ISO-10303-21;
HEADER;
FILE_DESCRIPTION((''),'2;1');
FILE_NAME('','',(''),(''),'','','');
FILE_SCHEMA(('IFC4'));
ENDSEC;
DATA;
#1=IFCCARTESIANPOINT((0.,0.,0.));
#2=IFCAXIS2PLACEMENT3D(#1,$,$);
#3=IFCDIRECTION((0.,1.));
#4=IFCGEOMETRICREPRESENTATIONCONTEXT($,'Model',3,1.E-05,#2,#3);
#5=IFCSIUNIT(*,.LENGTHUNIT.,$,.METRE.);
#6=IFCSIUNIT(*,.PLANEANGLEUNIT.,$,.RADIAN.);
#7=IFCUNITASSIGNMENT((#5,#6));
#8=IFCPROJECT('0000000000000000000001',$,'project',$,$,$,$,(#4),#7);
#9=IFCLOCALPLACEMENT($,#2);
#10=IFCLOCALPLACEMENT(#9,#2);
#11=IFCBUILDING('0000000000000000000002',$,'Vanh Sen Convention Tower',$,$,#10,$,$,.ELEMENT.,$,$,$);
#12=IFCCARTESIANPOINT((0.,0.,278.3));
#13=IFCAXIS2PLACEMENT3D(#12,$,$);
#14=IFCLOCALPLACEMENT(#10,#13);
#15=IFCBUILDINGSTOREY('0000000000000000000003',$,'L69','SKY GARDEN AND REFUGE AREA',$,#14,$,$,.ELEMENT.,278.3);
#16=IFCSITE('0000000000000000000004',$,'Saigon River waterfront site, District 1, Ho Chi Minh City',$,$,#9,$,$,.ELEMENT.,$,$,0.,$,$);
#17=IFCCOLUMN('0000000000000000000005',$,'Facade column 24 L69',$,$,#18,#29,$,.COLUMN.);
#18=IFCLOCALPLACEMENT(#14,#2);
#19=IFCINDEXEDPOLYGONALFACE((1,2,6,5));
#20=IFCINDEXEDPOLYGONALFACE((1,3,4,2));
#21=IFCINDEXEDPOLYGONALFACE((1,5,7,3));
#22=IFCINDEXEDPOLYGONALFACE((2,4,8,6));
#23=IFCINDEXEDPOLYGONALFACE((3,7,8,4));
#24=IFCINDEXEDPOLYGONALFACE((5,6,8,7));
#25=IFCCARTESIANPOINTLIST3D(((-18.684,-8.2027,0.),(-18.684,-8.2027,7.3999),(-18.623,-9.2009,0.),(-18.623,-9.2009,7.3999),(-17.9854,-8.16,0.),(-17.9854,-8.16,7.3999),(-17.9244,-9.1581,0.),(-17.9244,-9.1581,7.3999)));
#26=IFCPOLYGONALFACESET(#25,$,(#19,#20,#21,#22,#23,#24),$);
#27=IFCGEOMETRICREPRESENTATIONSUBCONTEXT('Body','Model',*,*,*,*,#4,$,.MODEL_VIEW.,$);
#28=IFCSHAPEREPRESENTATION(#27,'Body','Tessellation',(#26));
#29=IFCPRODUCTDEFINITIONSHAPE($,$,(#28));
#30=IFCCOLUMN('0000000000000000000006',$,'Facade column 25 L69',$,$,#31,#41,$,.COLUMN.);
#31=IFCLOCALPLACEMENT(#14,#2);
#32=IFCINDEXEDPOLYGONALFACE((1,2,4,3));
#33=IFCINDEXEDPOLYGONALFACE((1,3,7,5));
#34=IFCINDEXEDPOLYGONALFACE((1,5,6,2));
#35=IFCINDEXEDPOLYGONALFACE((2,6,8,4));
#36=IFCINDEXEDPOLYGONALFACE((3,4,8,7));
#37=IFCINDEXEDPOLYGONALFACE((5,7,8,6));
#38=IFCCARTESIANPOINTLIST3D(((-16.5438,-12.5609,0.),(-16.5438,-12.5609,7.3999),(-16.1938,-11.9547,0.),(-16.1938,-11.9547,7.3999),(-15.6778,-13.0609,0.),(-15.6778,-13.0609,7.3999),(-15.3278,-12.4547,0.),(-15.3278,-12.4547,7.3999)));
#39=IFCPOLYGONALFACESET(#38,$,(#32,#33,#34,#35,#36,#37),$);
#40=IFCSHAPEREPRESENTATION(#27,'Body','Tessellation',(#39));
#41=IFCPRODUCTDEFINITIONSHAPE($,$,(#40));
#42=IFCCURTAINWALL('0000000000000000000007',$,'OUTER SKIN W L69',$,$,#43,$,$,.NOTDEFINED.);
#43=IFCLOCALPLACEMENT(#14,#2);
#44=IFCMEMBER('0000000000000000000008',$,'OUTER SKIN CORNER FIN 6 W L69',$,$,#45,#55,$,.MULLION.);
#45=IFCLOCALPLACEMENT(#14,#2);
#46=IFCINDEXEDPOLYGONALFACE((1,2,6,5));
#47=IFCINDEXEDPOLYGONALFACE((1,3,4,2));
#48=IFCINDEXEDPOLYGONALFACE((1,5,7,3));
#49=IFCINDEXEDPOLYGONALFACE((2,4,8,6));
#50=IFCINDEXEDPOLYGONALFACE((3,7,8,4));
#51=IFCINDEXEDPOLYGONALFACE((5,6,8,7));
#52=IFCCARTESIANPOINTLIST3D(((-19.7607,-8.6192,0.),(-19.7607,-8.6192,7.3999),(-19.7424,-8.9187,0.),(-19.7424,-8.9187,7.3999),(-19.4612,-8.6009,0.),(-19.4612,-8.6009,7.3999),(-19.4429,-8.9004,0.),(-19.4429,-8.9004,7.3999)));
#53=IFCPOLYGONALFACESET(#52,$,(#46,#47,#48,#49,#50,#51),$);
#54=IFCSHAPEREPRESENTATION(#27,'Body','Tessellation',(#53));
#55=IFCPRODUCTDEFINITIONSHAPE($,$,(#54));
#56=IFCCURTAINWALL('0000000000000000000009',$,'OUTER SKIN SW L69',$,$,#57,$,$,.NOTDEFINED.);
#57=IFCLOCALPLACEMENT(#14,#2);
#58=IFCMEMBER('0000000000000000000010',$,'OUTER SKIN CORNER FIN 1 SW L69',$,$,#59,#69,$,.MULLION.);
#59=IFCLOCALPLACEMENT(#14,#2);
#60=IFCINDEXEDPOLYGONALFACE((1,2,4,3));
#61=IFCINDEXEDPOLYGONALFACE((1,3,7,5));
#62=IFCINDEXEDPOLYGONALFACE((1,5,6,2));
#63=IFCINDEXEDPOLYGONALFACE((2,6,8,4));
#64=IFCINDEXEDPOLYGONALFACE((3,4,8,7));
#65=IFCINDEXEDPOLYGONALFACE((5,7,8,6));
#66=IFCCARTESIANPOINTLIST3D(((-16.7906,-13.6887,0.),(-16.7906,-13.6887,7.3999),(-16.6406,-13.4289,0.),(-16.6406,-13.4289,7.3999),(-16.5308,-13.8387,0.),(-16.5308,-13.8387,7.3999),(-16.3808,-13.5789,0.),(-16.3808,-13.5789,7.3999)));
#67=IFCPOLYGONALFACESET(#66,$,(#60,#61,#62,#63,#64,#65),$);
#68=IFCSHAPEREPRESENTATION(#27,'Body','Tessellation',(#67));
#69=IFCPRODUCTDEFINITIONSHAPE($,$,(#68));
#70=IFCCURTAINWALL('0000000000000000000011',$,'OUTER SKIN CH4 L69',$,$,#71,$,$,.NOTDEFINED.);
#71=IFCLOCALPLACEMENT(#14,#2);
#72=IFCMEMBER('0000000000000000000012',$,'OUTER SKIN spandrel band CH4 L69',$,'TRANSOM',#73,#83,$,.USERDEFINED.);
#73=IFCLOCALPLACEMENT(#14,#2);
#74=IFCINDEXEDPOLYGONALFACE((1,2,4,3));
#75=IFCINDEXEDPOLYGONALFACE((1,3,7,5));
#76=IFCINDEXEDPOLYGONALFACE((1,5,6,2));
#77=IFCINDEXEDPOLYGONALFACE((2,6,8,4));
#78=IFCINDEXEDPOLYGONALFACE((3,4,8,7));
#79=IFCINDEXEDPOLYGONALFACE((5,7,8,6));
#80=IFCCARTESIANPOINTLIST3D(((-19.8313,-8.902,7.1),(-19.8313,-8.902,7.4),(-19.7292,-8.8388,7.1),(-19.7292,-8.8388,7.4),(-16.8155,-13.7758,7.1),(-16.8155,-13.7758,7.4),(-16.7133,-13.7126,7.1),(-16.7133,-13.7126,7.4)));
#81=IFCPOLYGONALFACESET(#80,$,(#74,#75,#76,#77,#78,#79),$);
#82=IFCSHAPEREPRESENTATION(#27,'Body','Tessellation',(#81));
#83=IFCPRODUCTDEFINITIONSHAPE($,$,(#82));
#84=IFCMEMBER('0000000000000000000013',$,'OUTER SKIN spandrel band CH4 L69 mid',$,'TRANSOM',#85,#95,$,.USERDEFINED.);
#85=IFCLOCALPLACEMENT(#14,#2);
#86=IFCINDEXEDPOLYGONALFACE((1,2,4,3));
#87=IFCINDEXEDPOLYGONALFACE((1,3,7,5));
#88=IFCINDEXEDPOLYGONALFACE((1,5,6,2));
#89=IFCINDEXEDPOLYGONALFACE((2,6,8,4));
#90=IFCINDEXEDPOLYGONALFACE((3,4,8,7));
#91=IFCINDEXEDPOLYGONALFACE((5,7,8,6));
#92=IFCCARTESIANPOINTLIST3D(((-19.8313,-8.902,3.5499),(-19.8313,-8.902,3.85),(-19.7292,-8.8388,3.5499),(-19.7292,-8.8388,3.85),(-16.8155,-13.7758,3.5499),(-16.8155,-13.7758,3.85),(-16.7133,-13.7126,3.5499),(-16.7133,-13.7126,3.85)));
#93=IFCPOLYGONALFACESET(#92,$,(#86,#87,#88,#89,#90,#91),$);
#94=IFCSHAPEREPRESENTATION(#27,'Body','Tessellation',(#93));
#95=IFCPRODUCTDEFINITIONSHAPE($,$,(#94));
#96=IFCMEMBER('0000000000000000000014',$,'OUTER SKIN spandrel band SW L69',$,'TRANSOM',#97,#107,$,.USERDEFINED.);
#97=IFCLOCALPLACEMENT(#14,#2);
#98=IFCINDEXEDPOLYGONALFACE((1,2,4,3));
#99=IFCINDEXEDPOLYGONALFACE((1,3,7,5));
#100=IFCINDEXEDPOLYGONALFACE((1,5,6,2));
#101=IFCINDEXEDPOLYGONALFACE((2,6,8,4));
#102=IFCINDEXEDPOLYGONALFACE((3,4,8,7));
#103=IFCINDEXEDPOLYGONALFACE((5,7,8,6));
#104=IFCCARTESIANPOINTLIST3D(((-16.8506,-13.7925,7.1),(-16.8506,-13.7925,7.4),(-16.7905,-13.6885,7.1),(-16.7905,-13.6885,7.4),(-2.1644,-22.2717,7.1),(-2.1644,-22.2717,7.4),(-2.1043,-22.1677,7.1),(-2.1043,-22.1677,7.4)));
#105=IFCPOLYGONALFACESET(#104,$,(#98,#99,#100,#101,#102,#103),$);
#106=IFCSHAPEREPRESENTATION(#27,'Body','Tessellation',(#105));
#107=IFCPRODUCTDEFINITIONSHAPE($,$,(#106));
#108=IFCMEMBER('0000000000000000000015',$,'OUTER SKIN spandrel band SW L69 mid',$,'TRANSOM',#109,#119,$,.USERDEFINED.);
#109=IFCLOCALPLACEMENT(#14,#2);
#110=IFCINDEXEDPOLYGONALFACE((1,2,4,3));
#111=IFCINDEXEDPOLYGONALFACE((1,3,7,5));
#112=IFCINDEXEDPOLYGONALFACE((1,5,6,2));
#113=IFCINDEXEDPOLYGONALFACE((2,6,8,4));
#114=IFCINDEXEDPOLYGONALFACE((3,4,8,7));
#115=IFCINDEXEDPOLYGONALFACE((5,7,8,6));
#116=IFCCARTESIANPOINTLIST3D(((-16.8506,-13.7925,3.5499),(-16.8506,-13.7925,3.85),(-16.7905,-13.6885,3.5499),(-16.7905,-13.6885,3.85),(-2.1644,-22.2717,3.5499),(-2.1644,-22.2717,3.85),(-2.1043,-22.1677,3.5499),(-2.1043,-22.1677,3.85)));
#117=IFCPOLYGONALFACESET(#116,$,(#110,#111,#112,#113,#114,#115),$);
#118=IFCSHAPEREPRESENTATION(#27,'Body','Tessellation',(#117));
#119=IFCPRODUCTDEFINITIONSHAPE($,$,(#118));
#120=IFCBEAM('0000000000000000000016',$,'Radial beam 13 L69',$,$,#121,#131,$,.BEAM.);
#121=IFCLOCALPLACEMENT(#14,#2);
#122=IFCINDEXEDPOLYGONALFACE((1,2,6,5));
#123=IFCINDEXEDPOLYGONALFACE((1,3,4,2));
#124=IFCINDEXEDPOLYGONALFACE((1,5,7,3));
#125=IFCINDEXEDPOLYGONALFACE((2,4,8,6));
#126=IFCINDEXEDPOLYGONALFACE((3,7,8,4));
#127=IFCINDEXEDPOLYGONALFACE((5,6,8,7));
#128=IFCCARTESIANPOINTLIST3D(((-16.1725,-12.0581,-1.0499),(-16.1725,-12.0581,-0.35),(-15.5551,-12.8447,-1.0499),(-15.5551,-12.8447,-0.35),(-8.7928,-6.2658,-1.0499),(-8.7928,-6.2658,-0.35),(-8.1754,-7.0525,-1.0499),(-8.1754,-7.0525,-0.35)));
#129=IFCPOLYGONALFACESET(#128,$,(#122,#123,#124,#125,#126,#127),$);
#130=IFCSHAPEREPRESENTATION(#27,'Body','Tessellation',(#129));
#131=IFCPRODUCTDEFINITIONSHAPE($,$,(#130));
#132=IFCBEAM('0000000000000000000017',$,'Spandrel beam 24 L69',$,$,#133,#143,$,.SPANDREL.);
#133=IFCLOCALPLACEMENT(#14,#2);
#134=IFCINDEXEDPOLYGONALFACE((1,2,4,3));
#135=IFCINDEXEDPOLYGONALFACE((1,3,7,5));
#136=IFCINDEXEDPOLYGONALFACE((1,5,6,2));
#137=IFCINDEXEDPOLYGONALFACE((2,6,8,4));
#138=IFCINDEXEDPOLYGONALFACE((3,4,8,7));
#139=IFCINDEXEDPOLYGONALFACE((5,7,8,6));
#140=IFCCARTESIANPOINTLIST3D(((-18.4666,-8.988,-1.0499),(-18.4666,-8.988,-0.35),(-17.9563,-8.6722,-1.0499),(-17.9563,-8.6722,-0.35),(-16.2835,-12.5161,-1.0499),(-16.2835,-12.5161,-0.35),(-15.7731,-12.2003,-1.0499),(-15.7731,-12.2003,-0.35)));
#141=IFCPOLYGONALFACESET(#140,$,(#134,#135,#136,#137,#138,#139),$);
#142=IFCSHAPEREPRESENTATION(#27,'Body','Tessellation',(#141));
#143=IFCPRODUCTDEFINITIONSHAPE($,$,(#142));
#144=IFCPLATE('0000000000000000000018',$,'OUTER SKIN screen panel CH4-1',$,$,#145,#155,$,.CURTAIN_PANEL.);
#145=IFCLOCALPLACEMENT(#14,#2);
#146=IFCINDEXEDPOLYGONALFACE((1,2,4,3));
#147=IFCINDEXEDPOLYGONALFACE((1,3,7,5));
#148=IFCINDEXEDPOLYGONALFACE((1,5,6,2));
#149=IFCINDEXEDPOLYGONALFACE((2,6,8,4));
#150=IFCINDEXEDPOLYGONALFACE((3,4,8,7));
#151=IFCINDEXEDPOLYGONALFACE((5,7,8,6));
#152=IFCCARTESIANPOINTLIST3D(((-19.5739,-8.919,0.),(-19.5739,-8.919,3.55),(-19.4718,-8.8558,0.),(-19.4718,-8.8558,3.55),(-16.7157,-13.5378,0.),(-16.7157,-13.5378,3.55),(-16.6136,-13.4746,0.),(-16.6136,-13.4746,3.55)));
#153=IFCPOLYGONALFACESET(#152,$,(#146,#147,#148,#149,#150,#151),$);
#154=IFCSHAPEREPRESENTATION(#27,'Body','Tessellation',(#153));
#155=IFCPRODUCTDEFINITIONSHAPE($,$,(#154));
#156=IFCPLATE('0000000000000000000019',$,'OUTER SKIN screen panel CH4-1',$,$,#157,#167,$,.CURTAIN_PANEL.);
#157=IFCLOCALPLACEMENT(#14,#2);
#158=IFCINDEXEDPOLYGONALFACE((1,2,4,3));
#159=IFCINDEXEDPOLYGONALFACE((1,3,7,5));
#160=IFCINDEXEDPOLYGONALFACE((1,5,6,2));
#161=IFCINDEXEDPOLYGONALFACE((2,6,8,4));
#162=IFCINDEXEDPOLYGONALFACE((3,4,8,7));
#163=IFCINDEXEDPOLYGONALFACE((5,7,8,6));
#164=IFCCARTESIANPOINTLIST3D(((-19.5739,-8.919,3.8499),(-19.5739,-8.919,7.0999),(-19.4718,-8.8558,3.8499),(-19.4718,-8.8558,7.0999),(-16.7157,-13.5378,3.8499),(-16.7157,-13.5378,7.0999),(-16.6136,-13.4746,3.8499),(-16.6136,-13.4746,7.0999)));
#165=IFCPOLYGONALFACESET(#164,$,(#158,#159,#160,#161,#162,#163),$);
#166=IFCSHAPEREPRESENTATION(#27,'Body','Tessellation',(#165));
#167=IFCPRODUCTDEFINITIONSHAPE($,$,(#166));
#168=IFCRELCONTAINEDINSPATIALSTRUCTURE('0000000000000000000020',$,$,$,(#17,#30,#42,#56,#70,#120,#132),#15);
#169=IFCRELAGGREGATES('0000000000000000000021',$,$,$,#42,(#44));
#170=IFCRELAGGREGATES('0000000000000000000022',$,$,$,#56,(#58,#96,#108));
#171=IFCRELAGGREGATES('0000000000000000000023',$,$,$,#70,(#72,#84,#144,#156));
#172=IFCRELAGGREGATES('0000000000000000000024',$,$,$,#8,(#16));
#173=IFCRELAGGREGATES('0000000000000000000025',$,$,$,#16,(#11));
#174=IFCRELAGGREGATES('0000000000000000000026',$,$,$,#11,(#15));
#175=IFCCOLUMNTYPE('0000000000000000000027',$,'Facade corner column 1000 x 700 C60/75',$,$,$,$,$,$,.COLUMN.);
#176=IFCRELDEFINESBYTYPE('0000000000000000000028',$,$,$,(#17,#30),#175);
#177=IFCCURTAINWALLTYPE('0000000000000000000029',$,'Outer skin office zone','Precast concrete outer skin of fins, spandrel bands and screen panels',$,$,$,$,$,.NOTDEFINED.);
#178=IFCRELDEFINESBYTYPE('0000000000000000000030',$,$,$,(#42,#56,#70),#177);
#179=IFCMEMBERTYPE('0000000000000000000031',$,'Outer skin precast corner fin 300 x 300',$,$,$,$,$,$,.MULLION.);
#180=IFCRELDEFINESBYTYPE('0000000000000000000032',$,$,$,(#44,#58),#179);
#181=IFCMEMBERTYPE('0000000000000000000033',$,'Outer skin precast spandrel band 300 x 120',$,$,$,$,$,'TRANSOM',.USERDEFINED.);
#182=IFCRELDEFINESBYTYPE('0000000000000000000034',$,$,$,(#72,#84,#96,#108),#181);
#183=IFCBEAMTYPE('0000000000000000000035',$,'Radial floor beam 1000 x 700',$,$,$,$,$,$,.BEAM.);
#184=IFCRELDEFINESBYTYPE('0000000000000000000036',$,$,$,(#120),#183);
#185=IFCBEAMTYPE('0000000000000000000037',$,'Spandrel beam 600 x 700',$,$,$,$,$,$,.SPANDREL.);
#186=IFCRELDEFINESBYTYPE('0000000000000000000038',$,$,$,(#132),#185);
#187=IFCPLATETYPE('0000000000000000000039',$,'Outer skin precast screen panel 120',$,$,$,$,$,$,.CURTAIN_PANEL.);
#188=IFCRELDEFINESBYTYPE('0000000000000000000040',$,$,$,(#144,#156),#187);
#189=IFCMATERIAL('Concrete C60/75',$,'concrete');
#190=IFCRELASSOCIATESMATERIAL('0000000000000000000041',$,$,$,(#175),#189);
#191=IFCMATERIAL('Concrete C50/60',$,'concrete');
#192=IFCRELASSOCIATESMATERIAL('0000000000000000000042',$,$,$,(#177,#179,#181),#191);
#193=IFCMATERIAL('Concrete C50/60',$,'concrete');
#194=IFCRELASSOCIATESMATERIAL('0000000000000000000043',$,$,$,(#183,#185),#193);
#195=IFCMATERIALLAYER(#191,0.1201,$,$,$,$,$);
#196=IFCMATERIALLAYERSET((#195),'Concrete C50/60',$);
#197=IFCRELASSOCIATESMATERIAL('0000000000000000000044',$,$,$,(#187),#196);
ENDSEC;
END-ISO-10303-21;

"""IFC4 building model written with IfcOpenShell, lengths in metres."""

from ifc_helpers import new_model, si_unit, direction, frame, origin, origin_2d, place, context, subcontext, project, spatial, rectangle, extrude, material, layer, layer_set, material_profile, profile_set, type_object, element, aggregate, save


model = new_model("IFC4")

# Units and contexts
model_context = context("Model", 3, precision=1e-05, world=origin(), true_north=direction((0.0, 1.0)))
body_context = subcontext(model_context, "Body", "Model", "MODEL_VIEW")
ifc_project = project(units=[si_unit("LENGTHUNIT", "METRE"), si_unit("PLANEANGLEUNIT", "RADIAN")], contexts=[model_context])

# Site, building, storey
site_placement = place(None, origin())
site = spatial("IfcSite", under=ifc_project, at=site_placement, Name="Saigon River waterfront site, District 1, Ho Chi Minh City", CompositionType="ELEMENT", RefElevation=0.0)
building_placement = place(site_placement, origin())
building = spatial("IfcBuilding", under=site, at=building_placement, Name="Vanh Sen Convention Tower", CompositionType="ELEMENT")
storey_placement = place(building_placement, frame((0.0, 0.0, 278.3)))
storey = spatial("IfcBuildingStorey", under=building, at=storey_placement, Name="L69", Description="SKY GARDEN AND REFUGE AREA", CompositionType="ELEMENT", Elevation=278.3)

# Columns
ifc_material_1 = material(Name="Concrete C60/75", Category="concrete")
ifc_material_profile_1 = material_profile(ifc_material_1, rectangle(XDim=1.0, YDim=0.7, at=origin_2d()), Name="RC 1000X700")
ifc_profile_set_1 = profile_set([ifc_material_profile_1], Name="Concrete C60/75")
column_type = type_object("IfcColumnType", Name="Facade corner column 1000 x 700 C60/75", PredefinedType="COLUMN", material=ifc_profile_set_1)
for number, where, z_axis, x_axis, name in (
    (1, (-18.3042, -8.6804, 0.0), (0.0, 0.0, 1.0), (0.061049, -0.998135, 0.0), "Facade column 24 L69"),
    (2, (-15.9358, -12.5078, 0.0), (0.0, 0.0, 1.0), (0.866025, -0.5, 0.0), "Facade column 25 L69"),
):
    element("IfcColumn", number, at=place(storey_placement, frame(where, z_axis=z_axis, x_axis=x_axis)), inside=storey, type_object=column_type, Name=name, PredefinedType="COLUMN", context=body_context, shape_type="SweptSolid", body=[
        extrude(rectangle(XDim=1.0, YDim=0.7, at=origin_2d()), origin(), (0.0, 0.0, 1.0), 7.3999),
    ])

# Curtain walls, members
ifc_material_2 = material(Name="Concrete C50/60", Category="concrete")
curtain_wall_type = type_object("IfcCurtainWallType", Name="Outer skin office zone", Description="Precast concrete outer skin of fins, spandrel bands and screen panels", PredefinedType="NOTDEFINED", material=ifc_material_2)
curtain_wall_1_placement = place(storey_placement, origin())
curtain_wall_1 = element("IfcCurtainWall", 3, at=curtain_wall_1_placement, inside=storey, type_object=curtain_wall_type, Name="OUTER SKIN W L69", PredefinedType="NOTDEFINED")
ifc_material_profile_2 = material_profile(ifc_material_2, rectangle(XDim=0.3, YDim=0.3, at=origin_2d()), Name="Outer skin precast corner fin 300 x 300")
ifc_profile_set_2 = profile_set([ifc_material_profile_2], Name="Concrete C50/60")
member_type_1 = type_object("IfcMemberType", Name="Outer skin precast corner fin 300 x 300", PredefinedType="MULLION", material=ifc_profile_set_2)
member_1_placement = place(storey_placement, frame((-19.6018, -8.7598, 0.0), z_axis=(0.0, 0.0, 1.0), x_axis=(0.061049, -0.998135, 0.0)))
member_1 = element("IfcMember", 4, at=member_1_placement, type_object=member_type_1, Name="OUTER SKIN CORNER FIN 6 W L69", PredefinedType="MULLION", context=body_context, shape_type="SweptSolid", body=[
    extrude(rectangle(XDim=0.3, YDim=0.3, at=origin_2d()), origin(), (0.0, 0.0, 1.0), 7.3999),
])
aggregate(curtain_wall_1, [member_1])
curtain_wall_2_placement = place(storey_placement, origin())
curtain_wall_2 = element("IfcCurtainWall", 5, at=curtain_wall_2_placement, inside=storey, type_object=curtain_wall_type, Name="OUTER SKIN SW L69", PredefinedType="NOTDEFINED")
member_2_placement = place(storey_placement, frame((-16.5857, -13.6338, 0.0), z_axis=(0.0, 0.0, 1.0), x_axis=(0.866025, -0.5, 0.0)))
member_2 = element("IfcMember", 6, at=member_2_placement, type_object=member_type_1, Name="OUTER SKIN CORNER FIN 1 SW L69", PredefinedType="MULLION", context=body_context, shape_type="SweptSolid", body=[
    extrude(rectangle(XDim=0.3, YDim=0.3, at=origin_2d()), origin(), (0.0, 0.0, 1.0), 7.3999),
])

# Curtain wall, members
curtain_wall_3_placement = place(storey_placement, origin())
curtain_wall_3 = element("IfcCurtainWall", 7, at=curtain_wall_3_placement, inside=storey, type_object=curtain_wall_type, Name="OUTER SKIN CH4 L69", PredefinedType="NOTDEFINED")
ifc_material_profile_3 = material_profile(ifc_material_2, rectangle(XDim=0.1201, YDim=0.3, at=origin_2d()), Name="Outer skin precast spandrel band 300 x 120")
ifc_profile_set_3 = profile_set([ifc_material_profile_3], Name="Concrete C50/60")
member_type_2 = type_object("IfcMemberType", Name="Outer skin precast spandrel band 300 x 120", ElementType="TRANSOM", PredefinedType="USERDEFINED", material=ifc_profile_set_3)
member_3_placement = place(storey_placement, frame((-19.7803, -8.8704, 7.25), z_axis=(0.526199, -0.850361, 0.0), x_axis=(0.850361, 0.526199, 0.0)))
member_3 = element("IfcMember", 8, at=member_3_placement, type_object=member_type_2, Name="OUTER SKIN spandrel band CH4 L69", ObjectType="TRANSOM", PredefinedType="USERDEFINED", context=body_context, shape_type="SweptSolid", body=[
    extrude(rectangle(XDim=0.1201, YDim=0.3, at=origin_2d()), origin(), (0.0, 0.0, 1.0), 5.7314),
])
member_4_placement = place(storey_placement, frame((-19.7803, -8.8704, 3.7), z_axis=(0.526199, -0.850361, 0.0), x_axis=(0.850361, 0.526199, 0.0)))
member_4 = element("IfcMember", 9, at=member_4_placement, type_object=member_type_2, Name="OUTER SKIN spandrel band CH4 L69 mid", ObjectType="TRANSOM", PredefinedType="USERDEFINED", context=body_context, shape_type="SweptSolid", body=[
    extrude(rectangle(XDim=0.1201, YDim=0.3, at=origin_2d()), origin(), (0.0, 0.0, 1.0), 5.7314),
])

# Members
member_5_placement = place(storey_placement, frame((-16.8206, -13.7405, 7.25), z_axis=(0.866022, -0.500005, 0.0), x_axis=(0.500005, 0.866022, 0.0)))
member_5 = element("IfcMember", 10, at=member_5_placement, type_object=member_type_2, Name="OUTER SKIN spandrel band SW L69", ObjectType="TRANSOM", PredefinedType="USERDEFINED", context=body_context, shape_type="SweptSolid", body=[
    extrude(rectangle(XDim=0.1201, YDim=0.3, at=origin_2d()), origin(), (0.0, 0.0, 1.0), 16.9583),
])
member_6_placement = place(storey_placement, frame((-16.8206, -13.7405, 3.7), z_axis=(0.866022, -0.500005, 0.0), x_axis=(0.500005, 0.866022, 0.0)))
member_6 = element("IfcMember", 11, at=member_6_placement, type_object=member_type_2, Name="OUTER SKIN spandrel band SW L69 mid", ObjectType="TRANSOM", PredefinedType="USERDEFINED", context=body_context, shape_type="SweptSolid", body=[
    extrude(rectangle(XDim=0.1201, YDim=0.3, at=origin_2d()), origin(), (0.0, 0.0, 1.0), 16.9583),
])
aggregate(curtain_wall_2, [member_2, member_5, member_6])

# Beams
ifc_material_3 = material(Name="Concrete C50/60", Category="concrete")
ifc_material_profile_4 = material_profile(ifc_material_3, rectangle(XDim=1.0, YDim=0.7, at=origin_2d()), Name="RC 1000X700")
ifc_profile_set_4 = profile_set([ifc_material_profile_4], Name="Concrete C50/60")
beam_type_1 = type_object("IfcBeamType", Name="Radial floor beam 1000 x 700", PredefinedType="BEAM", material=ifc_profile_set_4)
beam_1_placement = place(storey_placement, frame((-15.8638, -12.4514, -0.7), z_axis=(0.786632, 0.617423, 0.0), x_axis=(-0.617423, 0.786632, 0.0)))
element("IfcBeam", 12, at=beam_1_placement, inside=storey, type_object=beam_type_1, Name="Radial beam 13 L69", PredefinedType="BEAM", context=body_context, shape_type="SweptSolid", body=[
    extrude(rectangle(XDim=1.0, YDim=0.7, at=origin_2d()), origin(), (0.0, 0.0, 1.0), 9.3813),
])
ifc_material_profile_5 = material_profile(ifc_material_3, rectangle(XDim=0.6001, YDim=0.7, at=origin_2d()), Name="RC 600X700")
ifc_profile_set_5 = profile_set([ifc_material_profile_5], Name="Concrete C50/60")
beam_type_2 = type_object("IfcBeamType", Name="Spandrel beam 600 x 700", PredefinedType="SPANDREL", material=ifc_profile_set_5)
beam_2_placement = place(storey_placement, frame((-18.2114, -8.8301, -0.7), z_axis=(0.526191, -0.850367, 0.0), x_axis=(0.850367, 0.526191, 0.0)))
element("IfcBeam", 13, at=beam_2_placement, inside=storey, type_object=beam_type_2, Name="Spandrel beam 24 L69", PredefinedType="SPANDREL", context=body_context, shape_type="SweptSolid", body=[
    extrude(rectangle(XDim=0.6001, YDim=0.7, at=origin_2d()), origin(), (0.0, 0.0, 1.0), 4.1489),
])

# Plates
ifc_layer_1 = layer(ifc_material_2, 0.1201)
ifc_layer_set_1 = layer_set([ifc_layer_1], Name="Concrete C50/60")
plate_type = type_object("IfcPlateType", Name="Outer skin precast screen panel 120", PredefinedType="CURTAIN_PANEL", material=ifc_layer_set_1)
plate_1_placement = place(storey_placement, frame((-18.0938, -11.1968, 0.0), z_axis=(0.0, 0.0, 1.0), x_axis=(0.526211, -0.850354, 0.0)))
plate_1 = element("IfcPlate", 14, at=plate_1_placement, type_object=plate_type, Name="OUTER SKIN screen panel CH4-1", PredefinedType="CURTAIN_PANEL", context=body_context, shape_type="SweptSolid", body=[
    extrude(rectangle(XDim=5.4316, YDim=0.1201, at=origin_2d()), origin(), (0.0, 0.0, 1.0), 3.55),
])
plate_2_placement = place(storey_placement, frame((-18.0938, -11.1968, 3.8499), z_axis=(0.0, 0.0, 1.0), x_axis=(0.526211, -0.850354, 0.0)))
plate_2 = element("IfcPlate", 15, at=plate_2_placement, type_object=plate_type, Name="OUTER SKIN screen panel CH4-1", PredefinedType="CURTAIN_PANEL", context=body_context, shape_type="SweptSolid", body=[
    extrude(rectangle(XDim=5.4316, YDim=0.1201, at=origin_2d()), origin(), (0.0, 0.0, 1.0), 3.25),
])
aggregate(curtain_wall_3, [member_3, member_4, plate_1, plate_2])

save(model, "model.ifc")
